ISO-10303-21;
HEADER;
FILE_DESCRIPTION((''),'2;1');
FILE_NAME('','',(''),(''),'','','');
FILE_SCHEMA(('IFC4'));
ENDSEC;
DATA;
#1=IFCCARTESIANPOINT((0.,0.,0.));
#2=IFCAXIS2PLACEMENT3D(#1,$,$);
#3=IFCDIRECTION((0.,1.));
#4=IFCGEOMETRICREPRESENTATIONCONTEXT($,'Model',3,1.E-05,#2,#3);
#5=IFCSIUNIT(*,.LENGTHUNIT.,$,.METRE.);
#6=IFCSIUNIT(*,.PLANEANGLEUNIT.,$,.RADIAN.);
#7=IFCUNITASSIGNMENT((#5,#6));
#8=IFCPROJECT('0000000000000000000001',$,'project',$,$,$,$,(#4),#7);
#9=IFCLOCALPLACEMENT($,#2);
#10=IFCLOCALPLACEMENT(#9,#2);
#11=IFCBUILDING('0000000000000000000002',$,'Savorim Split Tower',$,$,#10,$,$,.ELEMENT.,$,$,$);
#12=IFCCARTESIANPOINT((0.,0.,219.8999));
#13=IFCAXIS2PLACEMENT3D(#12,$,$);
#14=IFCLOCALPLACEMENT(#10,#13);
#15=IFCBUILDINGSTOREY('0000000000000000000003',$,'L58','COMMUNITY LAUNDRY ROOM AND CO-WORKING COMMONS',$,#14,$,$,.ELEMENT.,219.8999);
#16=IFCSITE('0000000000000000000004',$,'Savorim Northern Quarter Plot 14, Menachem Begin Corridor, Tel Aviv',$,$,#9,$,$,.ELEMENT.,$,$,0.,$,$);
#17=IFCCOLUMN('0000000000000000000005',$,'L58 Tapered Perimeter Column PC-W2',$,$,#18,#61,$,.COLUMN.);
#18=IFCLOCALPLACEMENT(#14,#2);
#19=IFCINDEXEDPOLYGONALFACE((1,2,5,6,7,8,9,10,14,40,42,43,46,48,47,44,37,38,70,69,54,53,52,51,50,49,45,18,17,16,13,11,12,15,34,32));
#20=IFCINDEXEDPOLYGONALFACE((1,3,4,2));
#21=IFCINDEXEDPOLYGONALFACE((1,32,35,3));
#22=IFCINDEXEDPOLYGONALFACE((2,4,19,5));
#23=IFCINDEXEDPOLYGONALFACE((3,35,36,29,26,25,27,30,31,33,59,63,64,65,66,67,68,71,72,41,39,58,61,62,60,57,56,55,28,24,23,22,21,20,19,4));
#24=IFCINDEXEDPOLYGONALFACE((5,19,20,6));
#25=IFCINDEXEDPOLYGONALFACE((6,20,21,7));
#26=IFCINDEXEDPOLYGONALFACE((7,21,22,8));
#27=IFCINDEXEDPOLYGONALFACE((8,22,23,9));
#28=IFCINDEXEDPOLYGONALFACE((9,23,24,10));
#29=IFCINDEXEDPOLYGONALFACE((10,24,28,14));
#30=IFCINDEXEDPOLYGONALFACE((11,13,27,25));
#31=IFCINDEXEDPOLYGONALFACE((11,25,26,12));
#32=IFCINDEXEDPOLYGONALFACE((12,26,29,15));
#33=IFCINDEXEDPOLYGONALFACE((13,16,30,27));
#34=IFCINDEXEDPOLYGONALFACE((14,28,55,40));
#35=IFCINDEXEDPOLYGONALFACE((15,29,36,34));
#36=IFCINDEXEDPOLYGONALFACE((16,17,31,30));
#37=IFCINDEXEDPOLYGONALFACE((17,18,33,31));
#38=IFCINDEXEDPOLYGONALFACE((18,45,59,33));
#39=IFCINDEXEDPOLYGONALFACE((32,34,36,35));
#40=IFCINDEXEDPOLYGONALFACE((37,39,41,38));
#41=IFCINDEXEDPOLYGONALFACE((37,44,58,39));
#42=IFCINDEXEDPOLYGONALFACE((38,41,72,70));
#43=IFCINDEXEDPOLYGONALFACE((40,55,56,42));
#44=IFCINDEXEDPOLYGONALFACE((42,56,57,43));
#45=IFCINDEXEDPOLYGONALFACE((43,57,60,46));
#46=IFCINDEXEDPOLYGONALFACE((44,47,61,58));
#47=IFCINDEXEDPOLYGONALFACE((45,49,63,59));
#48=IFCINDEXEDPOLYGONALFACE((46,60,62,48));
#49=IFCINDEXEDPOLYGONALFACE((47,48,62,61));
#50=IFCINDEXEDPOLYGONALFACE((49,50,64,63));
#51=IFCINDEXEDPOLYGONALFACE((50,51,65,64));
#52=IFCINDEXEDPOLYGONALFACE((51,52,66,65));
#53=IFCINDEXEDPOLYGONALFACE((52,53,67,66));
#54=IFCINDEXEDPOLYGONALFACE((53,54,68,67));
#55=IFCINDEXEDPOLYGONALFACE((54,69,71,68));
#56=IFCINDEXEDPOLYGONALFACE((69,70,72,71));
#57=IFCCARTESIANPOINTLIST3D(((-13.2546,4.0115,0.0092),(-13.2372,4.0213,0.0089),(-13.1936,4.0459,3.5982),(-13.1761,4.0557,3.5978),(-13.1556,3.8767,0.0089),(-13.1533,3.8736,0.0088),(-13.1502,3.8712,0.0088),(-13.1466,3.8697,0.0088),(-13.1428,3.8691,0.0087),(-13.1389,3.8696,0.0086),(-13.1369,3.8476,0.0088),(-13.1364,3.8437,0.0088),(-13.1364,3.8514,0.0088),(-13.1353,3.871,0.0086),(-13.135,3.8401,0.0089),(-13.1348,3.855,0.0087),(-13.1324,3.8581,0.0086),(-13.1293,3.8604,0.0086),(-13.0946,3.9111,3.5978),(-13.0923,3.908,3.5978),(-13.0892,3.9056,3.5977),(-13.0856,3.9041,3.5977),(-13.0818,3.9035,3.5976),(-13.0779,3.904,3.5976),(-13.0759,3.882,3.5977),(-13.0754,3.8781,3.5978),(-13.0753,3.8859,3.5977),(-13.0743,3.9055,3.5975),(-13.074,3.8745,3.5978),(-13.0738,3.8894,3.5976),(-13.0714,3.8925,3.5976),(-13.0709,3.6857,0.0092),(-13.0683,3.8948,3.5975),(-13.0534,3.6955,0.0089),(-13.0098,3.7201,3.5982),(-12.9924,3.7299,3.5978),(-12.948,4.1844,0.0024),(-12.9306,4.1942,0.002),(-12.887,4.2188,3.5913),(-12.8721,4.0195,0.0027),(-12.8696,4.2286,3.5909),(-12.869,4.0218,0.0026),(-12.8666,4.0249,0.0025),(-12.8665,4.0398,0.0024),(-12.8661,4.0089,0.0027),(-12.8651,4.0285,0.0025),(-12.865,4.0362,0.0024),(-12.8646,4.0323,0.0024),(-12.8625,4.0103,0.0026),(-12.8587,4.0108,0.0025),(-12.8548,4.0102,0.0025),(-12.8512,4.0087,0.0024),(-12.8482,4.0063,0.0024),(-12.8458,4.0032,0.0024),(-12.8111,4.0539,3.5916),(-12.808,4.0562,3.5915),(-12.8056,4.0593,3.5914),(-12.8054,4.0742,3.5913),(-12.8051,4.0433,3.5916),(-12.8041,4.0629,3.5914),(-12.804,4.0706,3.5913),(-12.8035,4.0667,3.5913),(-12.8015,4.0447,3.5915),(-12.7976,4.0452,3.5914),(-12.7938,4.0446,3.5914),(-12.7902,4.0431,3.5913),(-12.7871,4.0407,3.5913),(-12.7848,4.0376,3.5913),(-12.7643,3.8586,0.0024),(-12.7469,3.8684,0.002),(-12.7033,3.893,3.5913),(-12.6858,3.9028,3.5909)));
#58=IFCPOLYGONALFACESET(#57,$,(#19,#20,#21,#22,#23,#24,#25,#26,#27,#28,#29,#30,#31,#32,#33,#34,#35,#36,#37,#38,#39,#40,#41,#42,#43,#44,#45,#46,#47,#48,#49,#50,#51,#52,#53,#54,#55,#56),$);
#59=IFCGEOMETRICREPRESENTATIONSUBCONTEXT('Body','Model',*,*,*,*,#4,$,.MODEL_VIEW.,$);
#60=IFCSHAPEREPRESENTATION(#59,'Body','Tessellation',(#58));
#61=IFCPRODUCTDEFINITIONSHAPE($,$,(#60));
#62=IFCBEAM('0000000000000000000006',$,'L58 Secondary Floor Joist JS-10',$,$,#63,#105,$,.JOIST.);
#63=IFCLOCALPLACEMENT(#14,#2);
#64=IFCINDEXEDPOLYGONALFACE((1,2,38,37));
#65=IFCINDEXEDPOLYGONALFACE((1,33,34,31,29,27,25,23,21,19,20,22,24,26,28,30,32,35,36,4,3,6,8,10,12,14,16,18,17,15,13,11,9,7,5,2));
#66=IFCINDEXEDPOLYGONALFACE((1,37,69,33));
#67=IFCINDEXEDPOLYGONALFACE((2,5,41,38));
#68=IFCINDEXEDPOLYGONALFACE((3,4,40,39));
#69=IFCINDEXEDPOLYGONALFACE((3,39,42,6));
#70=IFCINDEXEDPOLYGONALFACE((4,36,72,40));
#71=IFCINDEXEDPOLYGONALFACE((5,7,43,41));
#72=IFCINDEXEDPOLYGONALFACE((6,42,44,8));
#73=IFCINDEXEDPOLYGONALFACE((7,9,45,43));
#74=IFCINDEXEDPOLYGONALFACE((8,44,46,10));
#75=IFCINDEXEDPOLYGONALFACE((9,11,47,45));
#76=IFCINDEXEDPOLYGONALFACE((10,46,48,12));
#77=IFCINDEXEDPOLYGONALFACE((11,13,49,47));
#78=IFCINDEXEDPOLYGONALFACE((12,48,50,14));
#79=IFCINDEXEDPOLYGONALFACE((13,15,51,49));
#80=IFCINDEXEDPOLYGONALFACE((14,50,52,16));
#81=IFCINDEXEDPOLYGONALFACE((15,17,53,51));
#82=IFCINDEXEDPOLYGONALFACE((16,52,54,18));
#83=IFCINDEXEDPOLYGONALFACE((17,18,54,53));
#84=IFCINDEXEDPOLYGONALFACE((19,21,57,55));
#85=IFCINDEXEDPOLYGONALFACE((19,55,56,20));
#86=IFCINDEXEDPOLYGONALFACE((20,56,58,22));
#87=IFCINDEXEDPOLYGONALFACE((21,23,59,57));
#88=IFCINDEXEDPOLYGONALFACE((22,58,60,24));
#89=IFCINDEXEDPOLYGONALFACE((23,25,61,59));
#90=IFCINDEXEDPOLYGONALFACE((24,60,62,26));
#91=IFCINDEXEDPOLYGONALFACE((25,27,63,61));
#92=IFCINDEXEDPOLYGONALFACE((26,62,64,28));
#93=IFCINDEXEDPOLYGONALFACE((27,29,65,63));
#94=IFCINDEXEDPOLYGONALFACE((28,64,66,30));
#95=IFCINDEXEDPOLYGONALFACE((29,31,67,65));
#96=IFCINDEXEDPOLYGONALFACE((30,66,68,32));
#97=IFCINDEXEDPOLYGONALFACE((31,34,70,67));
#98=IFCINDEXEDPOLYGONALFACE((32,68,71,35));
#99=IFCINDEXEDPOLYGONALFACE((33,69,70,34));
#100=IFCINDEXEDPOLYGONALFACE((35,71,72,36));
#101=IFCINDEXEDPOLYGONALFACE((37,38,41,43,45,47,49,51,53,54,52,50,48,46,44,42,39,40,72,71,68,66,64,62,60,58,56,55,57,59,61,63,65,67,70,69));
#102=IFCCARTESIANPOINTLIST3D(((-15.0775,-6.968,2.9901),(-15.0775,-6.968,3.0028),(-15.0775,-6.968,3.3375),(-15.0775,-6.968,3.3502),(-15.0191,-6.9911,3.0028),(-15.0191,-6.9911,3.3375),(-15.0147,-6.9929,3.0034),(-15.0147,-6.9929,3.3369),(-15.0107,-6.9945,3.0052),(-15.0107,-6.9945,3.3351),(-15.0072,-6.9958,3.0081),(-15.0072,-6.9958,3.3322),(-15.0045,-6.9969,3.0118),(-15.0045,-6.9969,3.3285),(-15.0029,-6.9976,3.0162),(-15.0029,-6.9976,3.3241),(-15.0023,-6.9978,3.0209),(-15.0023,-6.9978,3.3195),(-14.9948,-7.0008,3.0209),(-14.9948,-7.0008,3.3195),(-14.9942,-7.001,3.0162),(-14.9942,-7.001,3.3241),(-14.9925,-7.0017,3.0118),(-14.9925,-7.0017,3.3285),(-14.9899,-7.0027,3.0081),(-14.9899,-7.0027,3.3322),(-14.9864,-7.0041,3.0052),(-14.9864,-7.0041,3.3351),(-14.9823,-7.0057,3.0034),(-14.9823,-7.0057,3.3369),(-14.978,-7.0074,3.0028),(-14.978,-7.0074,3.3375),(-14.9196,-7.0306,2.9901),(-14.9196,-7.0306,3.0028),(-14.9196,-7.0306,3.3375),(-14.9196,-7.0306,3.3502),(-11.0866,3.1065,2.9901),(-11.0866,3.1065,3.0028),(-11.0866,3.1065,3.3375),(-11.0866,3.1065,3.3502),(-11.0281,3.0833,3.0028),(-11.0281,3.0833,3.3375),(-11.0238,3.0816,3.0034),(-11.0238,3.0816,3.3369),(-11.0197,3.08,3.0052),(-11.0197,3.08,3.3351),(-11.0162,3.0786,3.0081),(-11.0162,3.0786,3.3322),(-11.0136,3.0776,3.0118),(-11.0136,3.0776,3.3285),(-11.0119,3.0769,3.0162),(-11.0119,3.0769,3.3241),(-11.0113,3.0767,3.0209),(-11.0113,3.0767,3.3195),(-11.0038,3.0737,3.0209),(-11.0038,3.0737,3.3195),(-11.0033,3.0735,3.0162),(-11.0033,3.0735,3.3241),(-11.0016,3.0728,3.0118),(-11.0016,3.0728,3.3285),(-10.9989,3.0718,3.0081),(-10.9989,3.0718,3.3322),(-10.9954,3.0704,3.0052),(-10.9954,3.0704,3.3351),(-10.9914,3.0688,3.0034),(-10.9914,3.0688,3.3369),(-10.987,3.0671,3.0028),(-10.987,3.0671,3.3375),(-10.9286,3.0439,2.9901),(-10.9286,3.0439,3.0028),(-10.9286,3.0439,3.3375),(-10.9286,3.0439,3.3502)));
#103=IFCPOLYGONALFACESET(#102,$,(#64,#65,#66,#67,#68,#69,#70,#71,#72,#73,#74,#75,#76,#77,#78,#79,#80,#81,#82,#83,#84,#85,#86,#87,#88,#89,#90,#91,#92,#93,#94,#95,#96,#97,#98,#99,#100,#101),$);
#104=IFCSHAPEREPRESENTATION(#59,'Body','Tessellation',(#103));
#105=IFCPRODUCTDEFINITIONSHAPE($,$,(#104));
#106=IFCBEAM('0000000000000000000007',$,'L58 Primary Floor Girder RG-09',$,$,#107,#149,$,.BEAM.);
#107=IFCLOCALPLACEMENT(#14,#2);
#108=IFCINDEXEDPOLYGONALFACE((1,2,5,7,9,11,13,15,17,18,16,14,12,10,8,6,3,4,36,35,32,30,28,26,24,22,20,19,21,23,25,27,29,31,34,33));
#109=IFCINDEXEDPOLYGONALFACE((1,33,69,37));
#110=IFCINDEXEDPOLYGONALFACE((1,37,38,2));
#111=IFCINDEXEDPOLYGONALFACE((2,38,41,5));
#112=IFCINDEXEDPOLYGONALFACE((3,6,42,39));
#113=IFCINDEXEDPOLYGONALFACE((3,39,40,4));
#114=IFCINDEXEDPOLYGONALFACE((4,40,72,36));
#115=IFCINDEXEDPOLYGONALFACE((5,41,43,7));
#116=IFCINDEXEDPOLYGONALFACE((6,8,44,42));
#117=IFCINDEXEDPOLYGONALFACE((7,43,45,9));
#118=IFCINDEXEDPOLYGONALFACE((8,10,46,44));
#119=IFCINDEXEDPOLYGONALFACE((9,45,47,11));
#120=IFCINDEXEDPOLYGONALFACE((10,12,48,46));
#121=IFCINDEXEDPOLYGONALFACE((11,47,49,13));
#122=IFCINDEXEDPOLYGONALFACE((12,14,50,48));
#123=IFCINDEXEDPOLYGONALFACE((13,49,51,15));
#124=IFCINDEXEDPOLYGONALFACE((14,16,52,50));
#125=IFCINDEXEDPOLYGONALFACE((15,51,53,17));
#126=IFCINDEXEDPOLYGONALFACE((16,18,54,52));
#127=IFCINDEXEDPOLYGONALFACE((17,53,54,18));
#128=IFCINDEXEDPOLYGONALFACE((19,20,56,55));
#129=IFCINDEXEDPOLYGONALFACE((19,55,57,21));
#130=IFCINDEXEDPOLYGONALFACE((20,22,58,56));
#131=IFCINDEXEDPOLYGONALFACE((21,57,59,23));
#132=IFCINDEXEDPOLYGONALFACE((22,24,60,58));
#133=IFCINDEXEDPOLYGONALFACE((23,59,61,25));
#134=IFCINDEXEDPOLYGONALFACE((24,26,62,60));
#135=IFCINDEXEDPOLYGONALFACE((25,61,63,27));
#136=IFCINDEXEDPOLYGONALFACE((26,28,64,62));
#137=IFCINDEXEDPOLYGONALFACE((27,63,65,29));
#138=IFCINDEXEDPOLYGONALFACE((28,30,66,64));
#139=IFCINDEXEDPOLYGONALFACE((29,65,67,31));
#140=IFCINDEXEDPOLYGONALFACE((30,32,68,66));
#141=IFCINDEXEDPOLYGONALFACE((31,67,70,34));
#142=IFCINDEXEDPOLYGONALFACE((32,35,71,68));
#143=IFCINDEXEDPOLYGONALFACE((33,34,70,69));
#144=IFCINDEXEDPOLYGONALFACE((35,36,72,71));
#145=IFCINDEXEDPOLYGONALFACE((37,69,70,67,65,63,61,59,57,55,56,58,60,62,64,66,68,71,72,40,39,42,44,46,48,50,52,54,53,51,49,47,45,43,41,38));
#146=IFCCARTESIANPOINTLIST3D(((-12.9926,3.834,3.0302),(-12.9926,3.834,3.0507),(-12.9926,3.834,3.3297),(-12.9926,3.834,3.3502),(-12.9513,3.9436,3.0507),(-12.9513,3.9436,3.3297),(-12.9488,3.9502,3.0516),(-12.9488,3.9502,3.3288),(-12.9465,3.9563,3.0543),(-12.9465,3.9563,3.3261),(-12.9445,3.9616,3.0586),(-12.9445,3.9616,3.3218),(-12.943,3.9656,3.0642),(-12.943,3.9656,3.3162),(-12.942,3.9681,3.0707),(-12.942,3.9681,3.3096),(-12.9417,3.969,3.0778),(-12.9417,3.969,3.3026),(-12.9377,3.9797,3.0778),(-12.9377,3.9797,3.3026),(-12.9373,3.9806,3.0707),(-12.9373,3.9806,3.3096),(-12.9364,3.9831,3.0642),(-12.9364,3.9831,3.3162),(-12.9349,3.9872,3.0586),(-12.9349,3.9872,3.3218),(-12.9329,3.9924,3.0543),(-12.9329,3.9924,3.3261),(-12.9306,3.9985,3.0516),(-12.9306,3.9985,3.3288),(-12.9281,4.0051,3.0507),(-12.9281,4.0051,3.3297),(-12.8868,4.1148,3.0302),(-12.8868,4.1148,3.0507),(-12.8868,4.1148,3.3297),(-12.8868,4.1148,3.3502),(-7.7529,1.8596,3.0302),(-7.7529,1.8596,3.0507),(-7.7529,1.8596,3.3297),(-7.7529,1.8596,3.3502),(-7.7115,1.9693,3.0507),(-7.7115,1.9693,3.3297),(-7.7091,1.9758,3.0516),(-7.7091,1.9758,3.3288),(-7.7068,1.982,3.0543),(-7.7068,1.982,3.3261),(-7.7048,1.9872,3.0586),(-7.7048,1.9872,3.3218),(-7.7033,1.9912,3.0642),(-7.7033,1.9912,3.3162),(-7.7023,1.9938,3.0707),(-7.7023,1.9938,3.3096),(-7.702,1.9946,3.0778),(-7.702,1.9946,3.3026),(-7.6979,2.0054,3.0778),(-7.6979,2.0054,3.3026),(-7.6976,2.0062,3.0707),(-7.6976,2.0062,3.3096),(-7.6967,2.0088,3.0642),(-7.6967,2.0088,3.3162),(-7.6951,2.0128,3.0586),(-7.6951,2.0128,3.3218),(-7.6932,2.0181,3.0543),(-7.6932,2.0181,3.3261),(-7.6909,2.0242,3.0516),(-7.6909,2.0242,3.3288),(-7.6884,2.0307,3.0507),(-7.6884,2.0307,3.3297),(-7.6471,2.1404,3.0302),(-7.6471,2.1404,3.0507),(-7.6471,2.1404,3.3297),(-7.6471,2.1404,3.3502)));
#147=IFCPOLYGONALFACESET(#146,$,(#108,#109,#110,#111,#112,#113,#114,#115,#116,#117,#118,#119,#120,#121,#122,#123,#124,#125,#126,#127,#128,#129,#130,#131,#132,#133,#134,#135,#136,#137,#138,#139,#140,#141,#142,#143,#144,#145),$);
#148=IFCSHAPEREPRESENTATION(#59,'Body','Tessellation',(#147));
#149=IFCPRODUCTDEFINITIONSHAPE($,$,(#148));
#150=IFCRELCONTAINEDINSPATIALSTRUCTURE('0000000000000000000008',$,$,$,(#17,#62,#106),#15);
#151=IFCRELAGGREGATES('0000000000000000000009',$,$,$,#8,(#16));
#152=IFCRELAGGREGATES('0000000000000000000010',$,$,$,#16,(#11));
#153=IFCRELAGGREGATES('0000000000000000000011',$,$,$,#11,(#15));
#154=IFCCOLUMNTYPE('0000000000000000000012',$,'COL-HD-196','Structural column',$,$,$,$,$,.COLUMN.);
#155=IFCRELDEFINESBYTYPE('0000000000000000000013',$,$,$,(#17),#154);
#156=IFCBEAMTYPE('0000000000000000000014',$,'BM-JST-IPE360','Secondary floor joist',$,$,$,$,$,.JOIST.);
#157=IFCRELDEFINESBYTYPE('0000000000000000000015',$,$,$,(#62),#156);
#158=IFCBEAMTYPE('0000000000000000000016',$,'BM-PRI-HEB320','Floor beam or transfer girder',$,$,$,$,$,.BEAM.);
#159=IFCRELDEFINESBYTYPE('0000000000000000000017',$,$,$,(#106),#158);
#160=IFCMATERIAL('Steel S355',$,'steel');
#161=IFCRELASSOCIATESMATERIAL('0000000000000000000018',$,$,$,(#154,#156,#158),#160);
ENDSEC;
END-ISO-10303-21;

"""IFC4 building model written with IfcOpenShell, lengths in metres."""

from ifc_helpers import new_model, si_unit, direction, frame, origin, origin_2d, place, context, subcontext, project, spatial, i_section, extrude, material, material_profile, profile_set, type_object, element, save


model = new_model("IFC4")

# Units and contexts
model_context = context("Model", 3, precision=1e-05, world=origin(), true_north=direction((0.0, 1.0)))
body_context = subcontext(model_context, "Body", "Model", "MODEL_VIEW")
ifc_project = project(units=[si_unit("LENGTHUNIT", "METRE"), si_unit("PLANEANGLEUNIT", "RADIAN")], contexts=[model_context])

# Site, building, storey
site_placement = place(None, origin())
site = spatial("IfcSite", under=ifc_project, at=site_placement, Name="Savorim Northern Quarter Plot 14, Menachem Begin Corridor, Tel Aviv", CompositionType="ELEMENT", RefElevation=0.0)
building_placement = place(site_placement, origin())
building = spatial("IfcBuilding", under=site, at=building_placement, Name="Savorim Split Tower", CompositionType="ELEMENT")
storey_placement = place(building_placement, frame((0.0, 0.0, 219.8999)))
storey = spatial("IfcBuildingStorey", under=building, at=storey_placement, Name="L58", Description="COMMUNITY LAUNDRY ROOM AND CO-WORKING COMMONS", CompositionType="ELEMENT", Elevation=219.8999)

# Column
ifc_material_1 = material(Name="Steel S355", Category="steel")
ifc_material_profile_1 = material_profile(ifc_material_1, i_section(OverallWidth=0.374, OverallDepth=0.3721, WebThickness=0.0122, FlangeThickness=0.02, FilletRadius=0.0149, at=origin_2d()), Name="HD 360x196")
ifc_profile_set_1 = profile_set([ifc_material_profile_1], Name="Steel S355")
column_type = type_object("IfcColumnType", Name="COL-HD-196", Description="Structural column", PredefinedType="COLUMN", material=ifc_profile_set_1)
column_placement = place(storey_placement, frame((-13.0007, 3.9399, 0.0056), z_axis=(0.017004, 0.00959, 0.999809), x_axis=(-0.491253, 0.871017, 0.0)))
element("IfcColumn", 1, at=column_placement, inside=storey, type_object=column_type, Name="L58 Tapered Perimeter Column PC-W2", PredefinedType="COLUMN", context=body_context, shape_type="SweptSolid", body=[
    extrude(i_section(OverallWidth=0.374, OverallDepth=0.3721, WebThickness=0.0122, FlangeThickness=0.02, FilletRadius=0.0149, at=origin_2d()), origin(), (0.0, 0.0, 1.0), 3.5896),
])

# Beams
ifc_material_profile_2 = material_profile(ifc_material_1, i_section(OverallWidth=0.1699, OverallDepth=0.3601, WebThickness=0.0081, FlangeThickness=0.0127, FilletRadius=0.0181, at=origin_2d()), Name="IPE 360")
ifc_profile_set_2 = profile_set([ifc_material_profile_2], Name="Steel S355")
beam_type_1 = type_object("IfcBeamType", Name="BM-JST-IPE360", Description="Secondary floor joist", PredefinedType="JOIST", material=ifc_profile_set_2)
beam_1_placement = place(storey_placement, frame((-11.0076, 3.0752, 3.1702), z_axis=(-0.3683, -0.929707, 0.0), x_axis=(0.929707, -0.3683, 0.0)))
element("IfcBeam", 2, at=beam_1_placement, inside=storey, type_object=beam_type_1, Name="L58 Secondary Floor Joist JS-10", PredefinedType="JOIST", context=body_context, shape_type="SweptSolid", body=[
    extrude(i_section(OverallWidth=0.1699, OverallDepth=0.3601, WebThickness=0.0081, FlangeThickness=0.0127, FilletRadius=0.0181, at=origin_2d()), origin(), (0.0, 0.0, 1.0), 10.8362),
])
ifc_material_profile_3 = material_profile(ifc_material_1, i_section(OverallWidth=0.3, OverallDepth=0.3201, WebThickness=0.0115, FlangeThickness=0.0205, FilletRadius=0.0271, at=origin_2d()), Name="HEB 320")
ifc_profile_set_3 = profile_set([ifc_material_profile_3], Name="Steel S355")
beam_type_2 = type_object("IfcBeamType", Name="BM-PRI-HEB320", Description="Floor beam or transfer girder", PredefinedType="BEAM", material=ifc_profile_set_3)
beam_2_placement = place(storey_placement, frame((-12.9397, 3.9744, 3.1902), z_axis=(0.935773, -0.352604, 0.0), x_axis=(0.352604, 0.935773, 0.0)))
element("IfcBeam", 3, at=beam_2_placement, inside=storey, type_object=beam_type_2, Name="L58 Primary Floor Girder RG-09", PredefinedType="BEAM", context=body_context, shape_type="SweptSolid", body=[
    extrude(i_section(OverallWidth=0.3, OverallDepth=0.3201, WebThickness=0.0115, FlangeThickness=0.0205, FilletRadius=0.0271, at=origin_2d()), origin(), (0.0, 0.0, 1.0), 5.5994),
])

save(model, "model.ifc")
